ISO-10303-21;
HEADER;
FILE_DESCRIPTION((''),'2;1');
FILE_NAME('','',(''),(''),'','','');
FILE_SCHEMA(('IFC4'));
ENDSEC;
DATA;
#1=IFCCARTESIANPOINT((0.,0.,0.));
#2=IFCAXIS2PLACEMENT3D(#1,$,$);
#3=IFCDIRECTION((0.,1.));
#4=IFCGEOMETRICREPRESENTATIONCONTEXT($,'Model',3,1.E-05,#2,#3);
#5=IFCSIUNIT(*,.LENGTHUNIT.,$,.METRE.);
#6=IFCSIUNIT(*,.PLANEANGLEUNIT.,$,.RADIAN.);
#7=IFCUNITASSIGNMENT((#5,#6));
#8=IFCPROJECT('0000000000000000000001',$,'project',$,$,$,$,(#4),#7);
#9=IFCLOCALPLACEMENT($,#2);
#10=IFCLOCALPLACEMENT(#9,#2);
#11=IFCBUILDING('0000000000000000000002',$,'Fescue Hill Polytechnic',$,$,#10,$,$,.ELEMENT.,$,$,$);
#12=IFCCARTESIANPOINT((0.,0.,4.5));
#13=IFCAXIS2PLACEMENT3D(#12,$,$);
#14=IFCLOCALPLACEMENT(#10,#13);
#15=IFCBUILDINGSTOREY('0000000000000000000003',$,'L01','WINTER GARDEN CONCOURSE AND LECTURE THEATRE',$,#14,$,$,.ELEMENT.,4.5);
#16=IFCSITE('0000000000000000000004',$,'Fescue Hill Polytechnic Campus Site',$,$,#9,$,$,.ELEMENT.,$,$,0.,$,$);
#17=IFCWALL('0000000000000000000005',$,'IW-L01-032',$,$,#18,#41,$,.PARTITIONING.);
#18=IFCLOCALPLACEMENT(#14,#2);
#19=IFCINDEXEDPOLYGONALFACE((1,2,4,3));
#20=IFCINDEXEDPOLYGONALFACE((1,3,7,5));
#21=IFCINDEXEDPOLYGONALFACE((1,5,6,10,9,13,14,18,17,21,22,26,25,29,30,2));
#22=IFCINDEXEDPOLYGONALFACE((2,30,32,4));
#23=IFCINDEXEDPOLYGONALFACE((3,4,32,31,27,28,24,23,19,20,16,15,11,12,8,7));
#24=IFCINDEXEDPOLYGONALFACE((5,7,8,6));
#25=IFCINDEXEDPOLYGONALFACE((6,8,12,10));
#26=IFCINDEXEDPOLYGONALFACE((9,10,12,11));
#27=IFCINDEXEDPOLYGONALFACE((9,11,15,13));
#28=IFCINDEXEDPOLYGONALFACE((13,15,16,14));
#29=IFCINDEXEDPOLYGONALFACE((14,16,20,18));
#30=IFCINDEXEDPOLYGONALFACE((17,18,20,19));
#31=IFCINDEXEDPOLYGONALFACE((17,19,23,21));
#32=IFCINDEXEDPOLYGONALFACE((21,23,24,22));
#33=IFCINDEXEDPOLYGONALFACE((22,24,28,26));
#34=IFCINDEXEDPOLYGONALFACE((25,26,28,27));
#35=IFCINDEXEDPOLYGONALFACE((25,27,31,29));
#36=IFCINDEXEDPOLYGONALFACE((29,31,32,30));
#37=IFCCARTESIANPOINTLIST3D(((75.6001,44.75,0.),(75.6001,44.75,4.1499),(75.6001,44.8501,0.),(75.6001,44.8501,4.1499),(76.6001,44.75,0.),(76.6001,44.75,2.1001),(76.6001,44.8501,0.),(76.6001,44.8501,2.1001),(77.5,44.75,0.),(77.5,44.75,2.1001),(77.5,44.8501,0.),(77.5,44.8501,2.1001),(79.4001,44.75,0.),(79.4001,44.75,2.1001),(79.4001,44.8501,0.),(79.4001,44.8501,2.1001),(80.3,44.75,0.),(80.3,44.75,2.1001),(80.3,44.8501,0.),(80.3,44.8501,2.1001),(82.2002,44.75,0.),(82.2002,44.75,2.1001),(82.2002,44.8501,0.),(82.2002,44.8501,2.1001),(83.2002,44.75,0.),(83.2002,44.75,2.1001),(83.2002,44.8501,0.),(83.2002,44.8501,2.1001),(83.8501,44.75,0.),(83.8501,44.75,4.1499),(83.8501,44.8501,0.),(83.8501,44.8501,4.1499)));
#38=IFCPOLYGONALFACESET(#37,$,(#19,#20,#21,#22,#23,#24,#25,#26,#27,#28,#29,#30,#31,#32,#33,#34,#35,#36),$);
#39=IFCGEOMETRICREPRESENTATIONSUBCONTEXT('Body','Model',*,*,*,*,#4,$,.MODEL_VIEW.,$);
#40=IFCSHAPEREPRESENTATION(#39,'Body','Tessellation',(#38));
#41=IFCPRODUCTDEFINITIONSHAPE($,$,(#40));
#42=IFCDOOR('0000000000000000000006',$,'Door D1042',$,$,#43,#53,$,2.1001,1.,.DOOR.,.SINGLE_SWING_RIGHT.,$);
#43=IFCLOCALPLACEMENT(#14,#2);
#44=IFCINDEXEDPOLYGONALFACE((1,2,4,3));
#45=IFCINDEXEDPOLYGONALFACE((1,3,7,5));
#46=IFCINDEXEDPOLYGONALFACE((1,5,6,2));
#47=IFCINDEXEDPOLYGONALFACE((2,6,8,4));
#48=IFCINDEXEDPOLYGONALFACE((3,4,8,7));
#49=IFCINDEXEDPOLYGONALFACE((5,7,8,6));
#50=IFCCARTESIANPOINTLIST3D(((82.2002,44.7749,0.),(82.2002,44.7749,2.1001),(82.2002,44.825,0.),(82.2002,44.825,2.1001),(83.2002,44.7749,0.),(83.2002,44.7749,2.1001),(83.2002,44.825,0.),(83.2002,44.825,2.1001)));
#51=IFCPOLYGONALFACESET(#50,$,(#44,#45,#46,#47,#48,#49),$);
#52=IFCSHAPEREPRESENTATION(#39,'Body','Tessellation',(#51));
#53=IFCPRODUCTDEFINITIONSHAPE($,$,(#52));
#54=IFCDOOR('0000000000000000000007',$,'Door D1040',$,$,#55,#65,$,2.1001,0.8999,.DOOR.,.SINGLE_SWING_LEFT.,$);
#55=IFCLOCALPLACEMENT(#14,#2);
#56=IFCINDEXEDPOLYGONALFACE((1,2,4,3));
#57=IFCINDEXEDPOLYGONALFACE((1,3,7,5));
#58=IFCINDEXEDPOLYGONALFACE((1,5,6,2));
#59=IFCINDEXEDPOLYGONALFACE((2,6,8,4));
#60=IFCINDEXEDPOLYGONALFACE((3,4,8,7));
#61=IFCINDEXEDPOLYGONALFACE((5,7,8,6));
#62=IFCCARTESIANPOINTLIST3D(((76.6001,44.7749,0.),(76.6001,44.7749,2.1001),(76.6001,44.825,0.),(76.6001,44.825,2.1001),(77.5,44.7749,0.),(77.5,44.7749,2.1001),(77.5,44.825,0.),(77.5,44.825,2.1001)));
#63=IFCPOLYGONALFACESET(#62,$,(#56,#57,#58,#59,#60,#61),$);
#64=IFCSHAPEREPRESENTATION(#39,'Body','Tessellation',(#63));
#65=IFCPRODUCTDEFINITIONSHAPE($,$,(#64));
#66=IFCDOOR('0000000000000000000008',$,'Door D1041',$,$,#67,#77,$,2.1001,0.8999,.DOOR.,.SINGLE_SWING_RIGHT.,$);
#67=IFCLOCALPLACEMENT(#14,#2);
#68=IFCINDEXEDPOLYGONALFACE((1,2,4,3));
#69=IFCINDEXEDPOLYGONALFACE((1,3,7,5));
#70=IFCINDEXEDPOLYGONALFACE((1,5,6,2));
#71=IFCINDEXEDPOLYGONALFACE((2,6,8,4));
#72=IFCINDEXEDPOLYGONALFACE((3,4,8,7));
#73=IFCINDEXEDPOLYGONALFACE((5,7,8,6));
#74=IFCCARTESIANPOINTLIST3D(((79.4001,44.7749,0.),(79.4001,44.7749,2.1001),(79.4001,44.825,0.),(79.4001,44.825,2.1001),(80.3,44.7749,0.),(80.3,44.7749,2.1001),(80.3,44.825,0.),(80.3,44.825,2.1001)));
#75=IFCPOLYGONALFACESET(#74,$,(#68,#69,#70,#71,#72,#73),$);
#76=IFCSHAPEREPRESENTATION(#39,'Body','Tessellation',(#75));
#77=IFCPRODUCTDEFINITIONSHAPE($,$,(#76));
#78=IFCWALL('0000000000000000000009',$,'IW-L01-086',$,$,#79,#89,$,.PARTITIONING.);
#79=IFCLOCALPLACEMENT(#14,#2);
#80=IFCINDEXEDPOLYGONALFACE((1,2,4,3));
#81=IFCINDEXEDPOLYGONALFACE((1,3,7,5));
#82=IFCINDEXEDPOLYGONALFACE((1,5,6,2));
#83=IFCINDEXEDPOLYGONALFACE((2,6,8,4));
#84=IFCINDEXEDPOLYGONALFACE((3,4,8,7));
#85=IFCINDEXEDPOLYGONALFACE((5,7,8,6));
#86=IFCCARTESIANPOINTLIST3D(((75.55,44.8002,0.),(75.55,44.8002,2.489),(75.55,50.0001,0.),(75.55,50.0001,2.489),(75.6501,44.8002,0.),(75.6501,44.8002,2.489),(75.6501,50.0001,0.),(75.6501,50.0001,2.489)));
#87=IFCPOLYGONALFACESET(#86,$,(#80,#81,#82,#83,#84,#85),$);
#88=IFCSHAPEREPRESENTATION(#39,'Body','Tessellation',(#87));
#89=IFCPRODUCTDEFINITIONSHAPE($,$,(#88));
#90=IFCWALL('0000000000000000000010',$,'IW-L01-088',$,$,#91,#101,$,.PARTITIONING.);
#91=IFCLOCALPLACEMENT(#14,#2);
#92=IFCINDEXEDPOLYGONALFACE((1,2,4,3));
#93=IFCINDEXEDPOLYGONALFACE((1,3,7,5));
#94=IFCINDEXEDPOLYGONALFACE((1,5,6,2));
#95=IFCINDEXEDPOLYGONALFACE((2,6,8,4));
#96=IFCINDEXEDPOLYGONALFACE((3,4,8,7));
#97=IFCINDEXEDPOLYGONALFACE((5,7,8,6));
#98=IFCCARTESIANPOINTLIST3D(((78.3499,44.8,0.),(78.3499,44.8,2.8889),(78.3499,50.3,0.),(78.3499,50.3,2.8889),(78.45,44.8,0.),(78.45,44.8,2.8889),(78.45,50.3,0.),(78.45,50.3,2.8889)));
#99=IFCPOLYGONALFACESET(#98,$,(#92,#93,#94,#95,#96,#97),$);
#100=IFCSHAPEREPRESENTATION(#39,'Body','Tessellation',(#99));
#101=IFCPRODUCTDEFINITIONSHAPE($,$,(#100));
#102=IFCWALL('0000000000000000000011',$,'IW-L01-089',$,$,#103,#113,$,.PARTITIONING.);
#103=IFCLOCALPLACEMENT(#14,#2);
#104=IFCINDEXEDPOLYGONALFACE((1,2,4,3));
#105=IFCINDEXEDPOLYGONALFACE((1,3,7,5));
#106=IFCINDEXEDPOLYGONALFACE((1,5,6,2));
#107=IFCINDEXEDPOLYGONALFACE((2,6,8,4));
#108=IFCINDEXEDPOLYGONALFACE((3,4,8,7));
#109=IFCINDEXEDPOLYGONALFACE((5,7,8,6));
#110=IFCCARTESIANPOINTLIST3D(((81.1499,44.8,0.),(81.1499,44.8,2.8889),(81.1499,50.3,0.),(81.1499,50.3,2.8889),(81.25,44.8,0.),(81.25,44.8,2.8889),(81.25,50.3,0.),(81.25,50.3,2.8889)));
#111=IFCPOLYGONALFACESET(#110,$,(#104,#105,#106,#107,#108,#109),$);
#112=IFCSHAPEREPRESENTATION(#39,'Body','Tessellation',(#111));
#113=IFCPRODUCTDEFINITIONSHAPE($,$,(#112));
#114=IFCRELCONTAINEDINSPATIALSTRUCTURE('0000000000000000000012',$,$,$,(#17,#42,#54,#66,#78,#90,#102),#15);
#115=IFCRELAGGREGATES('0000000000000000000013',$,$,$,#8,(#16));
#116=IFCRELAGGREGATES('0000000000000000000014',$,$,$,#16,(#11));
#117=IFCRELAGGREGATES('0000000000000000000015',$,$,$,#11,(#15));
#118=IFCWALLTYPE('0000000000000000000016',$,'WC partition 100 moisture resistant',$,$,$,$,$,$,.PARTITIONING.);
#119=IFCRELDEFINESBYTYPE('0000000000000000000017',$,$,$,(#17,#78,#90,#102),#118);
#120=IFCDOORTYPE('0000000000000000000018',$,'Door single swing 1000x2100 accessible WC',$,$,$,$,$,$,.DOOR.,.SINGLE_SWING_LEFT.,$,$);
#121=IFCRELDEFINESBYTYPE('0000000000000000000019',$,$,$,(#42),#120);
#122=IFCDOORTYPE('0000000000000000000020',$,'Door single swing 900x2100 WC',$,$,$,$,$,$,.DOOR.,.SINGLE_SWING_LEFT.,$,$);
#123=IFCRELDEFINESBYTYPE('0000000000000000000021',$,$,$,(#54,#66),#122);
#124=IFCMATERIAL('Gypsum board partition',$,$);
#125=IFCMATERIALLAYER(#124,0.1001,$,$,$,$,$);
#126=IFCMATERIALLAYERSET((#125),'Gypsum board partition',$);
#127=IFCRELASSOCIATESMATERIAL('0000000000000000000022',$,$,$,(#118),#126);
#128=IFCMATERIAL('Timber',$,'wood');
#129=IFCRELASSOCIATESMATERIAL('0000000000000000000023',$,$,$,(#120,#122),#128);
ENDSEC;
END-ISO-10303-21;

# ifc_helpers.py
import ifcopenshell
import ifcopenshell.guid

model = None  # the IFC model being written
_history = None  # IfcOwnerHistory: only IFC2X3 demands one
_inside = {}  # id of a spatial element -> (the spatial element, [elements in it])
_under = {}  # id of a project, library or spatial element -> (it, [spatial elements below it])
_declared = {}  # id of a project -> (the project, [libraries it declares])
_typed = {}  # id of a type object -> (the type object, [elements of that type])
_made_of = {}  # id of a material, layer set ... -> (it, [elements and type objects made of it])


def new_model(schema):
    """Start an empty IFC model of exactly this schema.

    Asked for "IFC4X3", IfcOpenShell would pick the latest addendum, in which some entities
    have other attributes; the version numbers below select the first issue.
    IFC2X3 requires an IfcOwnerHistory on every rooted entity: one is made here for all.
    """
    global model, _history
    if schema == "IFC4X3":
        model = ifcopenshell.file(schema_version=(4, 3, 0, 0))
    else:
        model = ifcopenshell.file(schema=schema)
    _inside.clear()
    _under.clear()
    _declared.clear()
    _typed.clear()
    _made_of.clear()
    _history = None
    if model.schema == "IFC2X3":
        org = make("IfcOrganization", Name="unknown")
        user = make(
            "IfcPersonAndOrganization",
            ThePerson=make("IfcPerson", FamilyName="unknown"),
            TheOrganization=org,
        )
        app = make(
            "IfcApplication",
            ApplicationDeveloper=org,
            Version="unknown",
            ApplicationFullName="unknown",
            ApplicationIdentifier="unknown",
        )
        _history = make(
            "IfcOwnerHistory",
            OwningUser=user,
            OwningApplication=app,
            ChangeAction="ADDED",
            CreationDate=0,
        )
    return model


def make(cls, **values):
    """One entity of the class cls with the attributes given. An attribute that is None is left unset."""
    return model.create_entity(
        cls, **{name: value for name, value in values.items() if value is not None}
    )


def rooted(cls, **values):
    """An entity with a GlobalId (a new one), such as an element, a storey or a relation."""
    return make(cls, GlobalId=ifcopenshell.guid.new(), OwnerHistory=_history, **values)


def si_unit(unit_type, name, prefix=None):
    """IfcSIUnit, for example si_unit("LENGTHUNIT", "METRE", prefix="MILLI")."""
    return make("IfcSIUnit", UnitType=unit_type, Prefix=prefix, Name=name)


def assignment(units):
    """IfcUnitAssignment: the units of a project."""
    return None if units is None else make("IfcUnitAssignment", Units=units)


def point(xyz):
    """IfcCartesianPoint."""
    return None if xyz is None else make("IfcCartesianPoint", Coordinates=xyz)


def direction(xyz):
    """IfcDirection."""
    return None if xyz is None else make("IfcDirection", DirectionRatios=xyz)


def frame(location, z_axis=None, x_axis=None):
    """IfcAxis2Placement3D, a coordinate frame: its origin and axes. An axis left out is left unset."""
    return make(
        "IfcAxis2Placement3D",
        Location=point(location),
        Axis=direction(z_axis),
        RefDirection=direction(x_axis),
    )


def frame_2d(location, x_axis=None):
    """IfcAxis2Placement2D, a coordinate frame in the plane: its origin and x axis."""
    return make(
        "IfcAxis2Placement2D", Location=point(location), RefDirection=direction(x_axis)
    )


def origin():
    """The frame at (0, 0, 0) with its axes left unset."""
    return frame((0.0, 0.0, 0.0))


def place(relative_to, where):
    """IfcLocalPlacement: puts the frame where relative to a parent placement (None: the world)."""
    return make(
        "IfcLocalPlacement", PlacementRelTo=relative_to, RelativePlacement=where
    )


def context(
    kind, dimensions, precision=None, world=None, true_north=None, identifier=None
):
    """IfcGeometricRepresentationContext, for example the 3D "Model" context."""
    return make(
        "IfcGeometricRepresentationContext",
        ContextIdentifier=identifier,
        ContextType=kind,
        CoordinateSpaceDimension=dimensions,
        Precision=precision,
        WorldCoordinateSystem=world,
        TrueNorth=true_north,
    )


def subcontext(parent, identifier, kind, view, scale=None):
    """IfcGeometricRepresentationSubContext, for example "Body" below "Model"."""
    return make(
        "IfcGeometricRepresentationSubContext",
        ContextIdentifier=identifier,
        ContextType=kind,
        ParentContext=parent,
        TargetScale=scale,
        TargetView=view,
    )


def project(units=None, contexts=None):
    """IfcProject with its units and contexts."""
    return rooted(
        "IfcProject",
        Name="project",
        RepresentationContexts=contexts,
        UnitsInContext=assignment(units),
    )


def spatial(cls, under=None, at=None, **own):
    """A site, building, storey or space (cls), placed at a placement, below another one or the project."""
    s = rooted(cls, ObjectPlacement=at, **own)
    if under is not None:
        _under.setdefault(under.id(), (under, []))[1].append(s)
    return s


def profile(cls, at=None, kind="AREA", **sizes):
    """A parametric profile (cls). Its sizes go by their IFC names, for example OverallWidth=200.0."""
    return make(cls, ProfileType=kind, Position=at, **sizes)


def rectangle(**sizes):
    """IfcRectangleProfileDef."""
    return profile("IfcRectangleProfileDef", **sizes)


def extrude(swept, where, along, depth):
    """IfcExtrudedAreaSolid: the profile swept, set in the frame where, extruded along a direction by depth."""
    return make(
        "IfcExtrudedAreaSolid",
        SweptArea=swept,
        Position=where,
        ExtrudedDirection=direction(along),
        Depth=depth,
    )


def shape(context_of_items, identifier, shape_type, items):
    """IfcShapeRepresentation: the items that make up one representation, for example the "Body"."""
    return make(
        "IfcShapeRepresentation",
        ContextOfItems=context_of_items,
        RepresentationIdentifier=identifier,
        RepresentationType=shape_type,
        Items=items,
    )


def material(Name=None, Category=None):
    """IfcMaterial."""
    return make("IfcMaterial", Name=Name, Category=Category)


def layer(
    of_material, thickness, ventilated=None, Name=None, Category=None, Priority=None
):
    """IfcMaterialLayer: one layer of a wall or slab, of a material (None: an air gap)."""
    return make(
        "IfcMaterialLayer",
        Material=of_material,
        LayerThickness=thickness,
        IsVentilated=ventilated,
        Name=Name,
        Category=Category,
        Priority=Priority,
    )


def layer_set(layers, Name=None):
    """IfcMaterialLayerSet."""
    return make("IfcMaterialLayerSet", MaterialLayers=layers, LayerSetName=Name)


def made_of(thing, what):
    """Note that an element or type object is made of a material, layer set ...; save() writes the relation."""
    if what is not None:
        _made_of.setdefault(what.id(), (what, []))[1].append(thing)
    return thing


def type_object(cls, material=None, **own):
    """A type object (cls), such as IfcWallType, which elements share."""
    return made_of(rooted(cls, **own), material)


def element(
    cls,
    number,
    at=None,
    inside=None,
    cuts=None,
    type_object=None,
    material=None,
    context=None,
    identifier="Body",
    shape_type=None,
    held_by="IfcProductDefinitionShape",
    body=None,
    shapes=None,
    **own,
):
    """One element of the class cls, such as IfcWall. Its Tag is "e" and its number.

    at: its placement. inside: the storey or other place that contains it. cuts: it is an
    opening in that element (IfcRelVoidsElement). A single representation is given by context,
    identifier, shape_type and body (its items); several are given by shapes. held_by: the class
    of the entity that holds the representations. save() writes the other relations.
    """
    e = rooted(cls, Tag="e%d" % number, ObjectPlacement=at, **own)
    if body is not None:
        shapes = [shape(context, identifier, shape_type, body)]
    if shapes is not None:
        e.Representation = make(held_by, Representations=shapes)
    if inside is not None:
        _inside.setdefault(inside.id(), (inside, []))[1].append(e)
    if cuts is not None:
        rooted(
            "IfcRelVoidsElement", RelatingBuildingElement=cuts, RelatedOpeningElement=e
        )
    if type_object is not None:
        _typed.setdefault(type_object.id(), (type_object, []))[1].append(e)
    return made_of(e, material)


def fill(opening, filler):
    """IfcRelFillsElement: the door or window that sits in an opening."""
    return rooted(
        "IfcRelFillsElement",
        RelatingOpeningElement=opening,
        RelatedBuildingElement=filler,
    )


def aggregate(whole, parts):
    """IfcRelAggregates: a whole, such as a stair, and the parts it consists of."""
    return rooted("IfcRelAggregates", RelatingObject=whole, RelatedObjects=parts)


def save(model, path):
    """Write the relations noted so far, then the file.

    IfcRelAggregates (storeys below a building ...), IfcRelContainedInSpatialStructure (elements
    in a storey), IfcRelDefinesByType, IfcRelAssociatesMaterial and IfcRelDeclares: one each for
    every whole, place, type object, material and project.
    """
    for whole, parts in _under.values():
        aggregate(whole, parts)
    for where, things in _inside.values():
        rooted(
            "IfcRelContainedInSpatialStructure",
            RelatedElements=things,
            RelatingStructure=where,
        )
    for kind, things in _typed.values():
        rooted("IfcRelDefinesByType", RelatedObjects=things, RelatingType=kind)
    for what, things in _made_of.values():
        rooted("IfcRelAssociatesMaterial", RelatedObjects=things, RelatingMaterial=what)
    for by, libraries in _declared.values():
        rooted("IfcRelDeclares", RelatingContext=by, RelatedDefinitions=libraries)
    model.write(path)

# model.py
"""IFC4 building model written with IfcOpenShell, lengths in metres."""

from ifc_helpers import new_model, si_unit, direction, frame, frame_2d, origin, place, context, subcontext, project, spatial, rectangle, extrude, material, layer, layer_set, type_object, element, fill, save


model = new_model("IFC4")

# Units and contexts
model_context = context("Model", 3, precision=1e-05, world=origin(), true_north=direction((0.0, 1.0)))
body_context = subcontext(model_context, "Body", "Model", "MODEL_VIEW")
ifc_project = project(units=[si_unit("LENGTHUNIT", "METRE"), si_unit("PLANEANGLEUNIT", "RADIAN")], contexts=[model_context])

# Site, building, storey
site_placement = place(None, origin())
site = spatial("IfcSite", under=ifc_project, at=site_placement, Name="Fescue Hill Polytechnic Campus Site", CompositionType="ELEMENT", RefElevation=0.0)
building_placement = place(site_placement, origin())
building = spatial("IfcBuilding", under=site, at=building_placement, Name="Fescue Hill Polytechnic", CompositionType="ELEMENT")
storey_placement = place(building_placement, frame((0.0, 0.0, 4.5)))
storey = spatial("IfcBuildingStorey", under=building, at=storey_placement, Name="L01", Description="WINTER GARDEN CONCOURSE AND LECTURE THEATRE", CompositionType="ELEMENT", Elevation=4.5)

# Shared definitions
ifc_material_1 = material(Name="Gypsum board partition")
ifc_material_2 = material(Name="Timber", Category="wood")

# Wall, openings, doors
ifc_layer_1 = layer(ifc_material_1, 0.1001)
ifc_layer_set_1 = layer_set([ifc_layer_1], Name="Gypsum board partition")
wall_type_1 = type_object("IfcWallType", Name="WC partition 100 moisture resistant", PredefinedType="PARTITIONING", material=ifc_layer_set_1)
wall_1_placement = place(storey_placement, frame((75.6001, 44.8, 0.0), z_axis=(0.0, 0.0, 1.0), x_axis=(1.0, 0.0, 0.0)))
wall_1 = element("IfcWall", 1, at=wall_1_placement, inside=storey, type_object=wall_type_1, Name="IW-L01-032", PredefinedType="PARTITIONING", context=body_context, shape_type="SweptSolid", body=[
    extrude(rectangle(XDim=8.25, YDim=0.1001, at=frame_2d((4.125, 0.0))), origin(), (0.0, 0.0, 1.0), 4.1499),
])
opening_1_placement = place(wall_1_placement, frame((1.0, 0.0, 0.0)))
opening_1 = element("IfcOpeningElement", 2, at=opening_1_placement, cuts=wall_1, PredefinedType="OPENING", context=body_context, shape_type="SweptSolid", body=[
    extrude(rectangle(XDim=0.8999, YDim=2.1001, at=frame_2d((0.45, 1.05))), frame((0.0, 0.0601, 0.0), z_axis=(0.0, -1.0, 0.0), x_axis=(1.0, 0.0, 0.0)), (0.0, 0.0, 1.0), 0.1201),
])
opening_2_placement = place(wall_1_placement, frame((3.8, 0.0, 0.0)))
opening_2 = element("IfcOpeningElement", 3, at=opening_2_placement, cuts=wall_1, PredefinedType="OPENING", context=body_context, shape_type="SweptSolid", body=[
    extrude(rectangle(XDim=0.8999, YDim=2.1001, at=frame_2d((0.45, 1.05))), frame((0.0, 0.0601, 0.0), z_axis=(0.0, -1.0, 0.0), x_axis=(1.0, 0.0, 0.0)), (0.0, 0.0, 1.0), 0.1201),
])
opening_3_placement = place(wall_1_placement, frame((6.6001, 0.0, 0.0)))
opening_3 = element("IfcOpeningElement", 4, at=opening_3_placement, cuts=wall_1, PredefinedType="OPENING", context=body_context, shape_type="SweptSolid", body=[
    extrude(rectangle(XDim=1.0, YDim=2.1001, at=frame_2d((0.5, 1.05))), frame((0.0, 0.0601, 0.0), z_axis=(0.0, -1.0, 0.0), x_axis=(1.0, 0.0, 0.0)), (0.0, 0.0, 1.0), 0.1201),
])
door_type_1 = type_object("IfcDoorType", Name="Door single swing 1000x2100 accessible WC", OperationType="SINGLE_SWING_LEFT", PredefinedType="DOOR", material=ifc_material_2)
door_1_placement = place(opening_3_placement, origin())
door_1 = element("IfcDoor", 5, at=door_1_placement, inside=storey, type_object=door_type_1, Name="Door D1042", OperationType="SINGLE_SWING_RIGHT", OverallHeight=2.1001, OverallWidth=1.0, PredefinedType="DOOR", context=body_context, shape_type="SweptSolid", body=[
    extrude(rectangle(XDim=1.0, YDim=2.1001, at=frame_2d((0.5, 1.05))), frame((0.0, 0.0249, 0.0), z_axis=(0.0, -1.0, 0.0), x_axis=(1.0, 0.0, 0.0)), (0.0, 0.0, 1.0), 0.05),
])
fill(opening_3, door_1)
door_type_2 = type_object("IfcDoorType", Name="Door single swing 900x2100 WC", OperationType="SINGLE_SWING_LEFT", PredefinedType="DOOR", material=ifc_material_2)
door_2_placement = place(opening_1_placement, origin())
door_2 = element("IfcDoor", 6, at=door_2_placement, inside=storey, type_object=door_type_2, Name="Door D1040", OperationType="SINGLE_SWING_LEFT", OverallHeight=2.1001, OverallWidth=0.8999, PredefinedType="DOOR", context=body_context, shape_type="SweptSolid", body=[
    extrude(rectangle(XDim=0.8999, YDim=2.1001, at=frame_2d((0.45, 1.05))), frame((0.0, 0.0249, 0.0), z_axis=(0.0, -1.0, 0.0), x_axis=(1.0, 0.0, 0.0)), (0.0, 0.0, 1.0), 0.05),
])
fill(opening_1, door_2)
door_3_placement = place(opening_2_placement, origin())
door_3 = element("IfcDoor", 7, at=door_3_placement, inside=storey, type_object=door_type_2, Name="Door D1041", OperationType="SINGLE_SWING_RIGHT", OverallHeight=2.1001, OverallWidth=0.8999, PredefinedType="DOOR", context=body_context, shape_type="SweptSolid", body=[
    extrude(rectangle(XDim=0.8999, YDim=2.1001, at=frame_2d((0.45, 1.05))), frame((0.0, 0.0249, 0.0), z_axis=(0.0, -1.0, 0.0), x_axis=(1.0, 0.0, 0.0)), (0.0, 0.0, 1.0), 0.05),
])
fill(opening_2, door_3)

# Walls
wall_2_placement = place(storey_placement, frame((75.6001, 44.8, 0.0), z_axis=(0.0, 0.0, 1.0), x_axis=(0.0, 1.0, 0.0)))
element("IfcWall", 8, at=wall_2_placement, inside=storey, type_object=wall_type_1, Name="IW-L01-086", PredefinedType="PARTITIONING", context=body_context, shape_type="SweptSolid", body=[
    extrude(rectangle(XDim=5.2, YDim=0.1001, at=frame_2d((2.6001, 0.0))), origin(), (0.0, 0.0, 1.0), 2.489),
])
for number, where, z_axis, x_axis, name in (
    (9, (78.3999, 44.8, 0.0), (0.0, 0.0, 1.0), (0.0, 1.0, 0.0), "IW-L01-088"),
    (10, (81.2, 44.8, 0.0), (0.0, 0.0, 1.0), (0.0, 1.0, 0.0), "IW-L01-089"),
):
    element("IfcWall", number, at=place(storey_placement, frame(where, z_axis=z_axis, x_axis=x_axis)), inside=storey, type_object=wall_type_1, Name=name, PredefinedType="PARTITIONING", context=body_context, shape_type="SweptSolid", body=[
        extrude(rectangle(XDim=5.5, YDim=0.1001, at=frame_2d((2.75, 0.0))), origin(), (0.0, 0.0, 1.0), 2.8889),
    ])

save(model, "model.ifc")
